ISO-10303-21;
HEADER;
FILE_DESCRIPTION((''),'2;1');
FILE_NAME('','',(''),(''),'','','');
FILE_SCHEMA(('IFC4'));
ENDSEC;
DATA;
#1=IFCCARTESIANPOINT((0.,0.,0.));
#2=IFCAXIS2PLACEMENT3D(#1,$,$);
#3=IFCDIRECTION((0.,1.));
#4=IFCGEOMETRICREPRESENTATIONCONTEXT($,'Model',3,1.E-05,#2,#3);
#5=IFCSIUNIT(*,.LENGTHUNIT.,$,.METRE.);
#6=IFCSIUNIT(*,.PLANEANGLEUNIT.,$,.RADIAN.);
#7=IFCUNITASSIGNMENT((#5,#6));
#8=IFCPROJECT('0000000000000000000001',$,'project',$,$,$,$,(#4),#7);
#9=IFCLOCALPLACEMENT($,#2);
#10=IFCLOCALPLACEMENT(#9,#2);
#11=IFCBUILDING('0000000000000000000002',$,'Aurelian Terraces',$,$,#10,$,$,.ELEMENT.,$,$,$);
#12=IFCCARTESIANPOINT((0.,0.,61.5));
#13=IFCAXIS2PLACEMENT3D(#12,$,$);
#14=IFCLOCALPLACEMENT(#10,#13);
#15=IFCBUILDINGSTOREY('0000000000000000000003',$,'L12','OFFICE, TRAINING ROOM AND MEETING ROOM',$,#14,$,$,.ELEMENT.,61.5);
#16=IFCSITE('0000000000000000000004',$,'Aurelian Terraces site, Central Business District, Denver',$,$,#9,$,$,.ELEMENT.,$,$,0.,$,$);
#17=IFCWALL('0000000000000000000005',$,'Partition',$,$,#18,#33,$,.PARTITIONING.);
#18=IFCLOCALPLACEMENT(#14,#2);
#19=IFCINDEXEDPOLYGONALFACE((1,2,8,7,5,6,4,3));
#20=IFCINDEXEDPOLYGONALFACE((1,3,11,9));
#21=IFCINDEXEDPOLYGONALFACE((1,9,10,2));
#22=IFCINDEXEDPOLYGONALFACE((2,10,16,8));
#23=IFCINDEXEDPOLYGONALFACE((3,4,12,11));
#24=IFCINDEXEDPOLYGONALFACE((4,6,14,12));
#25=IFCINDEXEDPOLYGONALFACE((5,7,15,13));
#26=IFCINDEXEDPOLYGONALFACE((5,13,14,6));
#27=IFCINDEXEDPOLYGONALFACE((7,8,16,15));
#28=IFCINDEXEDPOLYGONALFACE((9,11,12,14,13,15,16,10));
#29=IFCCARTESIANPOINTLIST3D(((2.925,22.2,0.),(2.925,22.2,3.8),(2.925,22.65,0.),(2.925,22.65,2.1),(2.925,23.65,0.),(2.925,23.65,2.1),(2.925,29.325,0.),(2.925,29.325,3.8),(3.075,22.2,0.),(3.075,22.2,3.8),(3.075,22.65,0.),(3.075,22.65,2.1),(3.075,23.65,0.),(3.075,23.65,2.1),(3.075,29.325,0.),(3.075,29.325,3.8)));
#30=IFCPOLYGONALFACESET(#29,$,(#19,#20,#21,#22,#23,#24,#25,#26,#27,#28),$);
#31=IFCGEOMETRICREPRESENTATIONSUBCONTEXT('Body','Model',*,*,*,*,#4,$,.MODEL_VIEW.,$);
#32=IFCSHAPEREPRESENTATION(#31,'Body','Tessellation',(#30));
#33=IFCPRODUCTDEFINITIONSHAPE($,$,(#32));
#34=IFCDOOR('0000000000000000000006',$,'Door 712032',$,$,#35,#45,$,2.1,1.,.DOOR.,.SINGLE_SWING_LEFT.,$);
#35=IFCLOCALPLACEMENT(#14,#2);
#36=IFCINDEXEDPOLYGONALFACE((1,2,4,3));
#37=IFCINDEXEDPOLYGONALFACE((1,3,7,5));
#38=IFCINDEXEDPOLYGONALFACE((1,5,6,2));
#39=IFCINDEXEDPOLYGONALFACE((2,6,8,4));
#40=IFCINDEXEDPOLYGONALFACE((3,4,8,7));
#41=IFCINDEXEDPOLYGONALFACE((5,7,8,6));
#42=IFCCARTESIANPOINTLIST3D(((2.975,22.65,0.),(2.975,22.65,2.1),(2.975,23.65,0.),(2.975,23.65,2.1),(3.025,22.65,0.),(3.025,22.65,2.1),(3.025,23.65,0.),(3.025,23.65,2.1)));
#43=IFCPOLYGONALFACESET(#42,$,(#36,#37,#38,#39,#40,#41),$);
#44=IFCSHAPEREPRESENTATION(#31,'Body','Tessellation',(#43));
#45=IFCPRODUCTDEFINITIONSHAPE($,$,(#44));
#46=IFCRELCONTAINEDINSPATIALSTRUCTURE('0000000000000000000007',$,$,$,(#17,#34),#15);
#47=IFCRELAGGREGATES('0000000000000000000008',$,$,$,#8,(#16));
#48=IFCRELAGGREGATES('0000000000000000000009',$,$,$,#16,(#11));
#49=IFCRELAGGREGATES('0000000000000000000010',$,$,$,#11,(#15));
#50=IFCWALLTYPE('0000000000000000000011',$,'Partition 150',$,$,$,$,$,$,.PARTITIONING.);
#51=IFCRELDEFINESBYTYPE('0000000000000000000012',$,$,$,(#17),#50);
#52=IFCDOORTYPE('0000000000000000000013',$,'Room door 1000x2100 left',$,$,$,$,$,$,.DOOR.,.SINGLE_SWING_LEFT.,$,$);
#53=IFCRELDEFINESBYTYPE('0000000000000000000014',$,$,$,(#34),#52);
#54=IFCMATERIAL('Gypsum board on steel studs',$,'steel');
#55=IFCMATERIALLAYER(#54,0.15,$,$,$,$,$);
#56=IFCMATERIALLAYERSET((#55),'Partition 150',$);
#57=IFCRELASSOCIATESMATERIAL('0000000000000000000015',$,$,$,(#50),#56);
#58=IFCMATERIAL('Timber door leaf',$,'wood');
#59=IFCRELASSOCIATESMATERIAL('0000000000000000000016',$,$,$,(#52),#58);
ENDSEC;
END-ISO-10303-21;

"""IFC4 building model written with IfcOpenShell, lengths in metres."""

from ifc_helpers import new_model, si_unit, direction, frame, frame_2d, origin, place, context, subcontext, project, spatial, rectangle, extrude, source, transform, mapped, material, layer, layer_set, type_object, element, fill, save


model = new_model("IFC4")

# Units and contexts
model_context = context("Model", 3, precision=1e-05, world=origin(), true_north=direction((0.0, 1.0)))
body_context = subcontext(model_context, "Body", "Model", "MODEL_VIEW")
ifc_project = project(units=[si_unit("LENGTHUNIT", "METRE"), si_unit("PLANEANGLEUNIT", "RADIAN")], contexts=[model_context])

# Site, building, storey
site_placement = place(None, origin())
site = spatial("IfcSite", under=ifc_project, at=site_placement, Name="Aurelian Terraces site, Central Business District, Denver", CompositionType="ELEMENT", RefElevation=0.0)
building_placement = place(site_placement, origin())
building = spatial("IfcBuilding", under=site, at=building_placement, Name="Aurelian Terraces", CompositionType="ELEMENT")
storey_placement = place(building_placement, frame((0.0, 0.0, 61.5)))
storey = spatial("IfcBuildingStorey", under=building, at=storey_placement, Name="L12", Description="OFFICE, TRAINING ROOM AND MEETING ROOM", CompositionType="ELEMENT", Elevation=61.5)

# Shared definitions
ifc_material_1 = material(Name="Gypsum board on steel studs", Category="steel")
ifc_layer_1 = layer(ifc_material_1, 0.15)
ifc_layer_set_1 = layer_set([ifc_layer_1], Name="Partition 150")
wall_type_1 = type_object("IfcWallType", Name="Partition 150", PredefinedType="PARTITIONING", material=ifc_layer_set_1)
ifc_material_2 = material(Name="Timber door leaf", Category="wood")

# Shared definitions
door_type_1 = type_object("IfcDoorType", Name="Room door 1000x2100 left", OperationType="SINGLE_SWING_LEFT", PredefinedType="DOOR", material=ifc_material_2)
shared_shape_1 = source(origin(), body_context, "Body", "SweptSolid", [
    extrude(rectangle(XDim=1.0, YDim=2.1, at=frame_2d((0.5, 1.05))), frame((0.0, 0.025, 0.0), z_axis=(0.0, -1.0, 0.0), x_axis=(1.0, 0.0, 0.0)), (0.0, 0.0, 1.0), 0.05),
])

# Wall, opening, door
shared_shape_2 = source(origin(), body_context, "Body", "SweptSolid", [
    extrude(rectangle(XDim=7.125, YDim=0.15, at=frame_2d((3.5625, 0.0))), origin(), (0.0, 0.0, 1.0), 3.8),
])
wall_1_placement = place(storey_placement, frame((3.0, 29.325, 0.0), z_axis=(0.0, 0.0, 1.0), x_axis=(0.0, -1.0, 0.0)))
wall_1 = element("IfcWall", 1, at=wall_1_placement, inside=storey, type_object=wall_type_1, Name="Partition", PredefinedType="PARTITIONING", context=body_context, shape_type="MappedRepresentation", body=[
    mapped(shared_shape_2, transform((0.0, 0.0, 0.0), scale=1.0)),
])
shared_shape_3 = source(origin(), body_context, "Body", "SweptSolid", [
    extrude(rectangle(XDim=1.0, YDim=2.1, at=frame_2d((0.5, 1.05))), frame((0.0, 0.085, 0.0), z_axis=(0.0, -1.0, 0.0), x_axis=(1.0, 0.0, 0.0)), (0.0, 0.0, 1.0), 0.17),
])
opening_1_placement = place(wall_1_placement, frame((5.675, 0.0, 0.0)))
opening_1 = element("IfcOpeningElement", 2, at=opening_1_placement, cuts=wall_1, PredefinedType="OPENING", context=body_context, shape_type="MappedRepresentation", body=[
    mapped(shared_shape_3, transform((0.0, 0.0, 0.0), scale=1.0)),
])
door_1_placement = place(opening_1_placement, origin())
door_1 = element("IfcDoor", 3, at=door_1_placement, inside=storey, type_object=door_type_1, Name="Door 712032", OperationType="SINGLE_SWING_LEFT", OverallHeight=2.1, OverallWidth=1.0, PredefinedType="DOOR", context=body_context, shape_type="MappedRepresentation", body=[
    mapped(shared_shape_1, transform((0.0, 0.0, 0.0), scale=1.0)),
])
fill(opening_1, door_1)

save(model, "model.ifc")
